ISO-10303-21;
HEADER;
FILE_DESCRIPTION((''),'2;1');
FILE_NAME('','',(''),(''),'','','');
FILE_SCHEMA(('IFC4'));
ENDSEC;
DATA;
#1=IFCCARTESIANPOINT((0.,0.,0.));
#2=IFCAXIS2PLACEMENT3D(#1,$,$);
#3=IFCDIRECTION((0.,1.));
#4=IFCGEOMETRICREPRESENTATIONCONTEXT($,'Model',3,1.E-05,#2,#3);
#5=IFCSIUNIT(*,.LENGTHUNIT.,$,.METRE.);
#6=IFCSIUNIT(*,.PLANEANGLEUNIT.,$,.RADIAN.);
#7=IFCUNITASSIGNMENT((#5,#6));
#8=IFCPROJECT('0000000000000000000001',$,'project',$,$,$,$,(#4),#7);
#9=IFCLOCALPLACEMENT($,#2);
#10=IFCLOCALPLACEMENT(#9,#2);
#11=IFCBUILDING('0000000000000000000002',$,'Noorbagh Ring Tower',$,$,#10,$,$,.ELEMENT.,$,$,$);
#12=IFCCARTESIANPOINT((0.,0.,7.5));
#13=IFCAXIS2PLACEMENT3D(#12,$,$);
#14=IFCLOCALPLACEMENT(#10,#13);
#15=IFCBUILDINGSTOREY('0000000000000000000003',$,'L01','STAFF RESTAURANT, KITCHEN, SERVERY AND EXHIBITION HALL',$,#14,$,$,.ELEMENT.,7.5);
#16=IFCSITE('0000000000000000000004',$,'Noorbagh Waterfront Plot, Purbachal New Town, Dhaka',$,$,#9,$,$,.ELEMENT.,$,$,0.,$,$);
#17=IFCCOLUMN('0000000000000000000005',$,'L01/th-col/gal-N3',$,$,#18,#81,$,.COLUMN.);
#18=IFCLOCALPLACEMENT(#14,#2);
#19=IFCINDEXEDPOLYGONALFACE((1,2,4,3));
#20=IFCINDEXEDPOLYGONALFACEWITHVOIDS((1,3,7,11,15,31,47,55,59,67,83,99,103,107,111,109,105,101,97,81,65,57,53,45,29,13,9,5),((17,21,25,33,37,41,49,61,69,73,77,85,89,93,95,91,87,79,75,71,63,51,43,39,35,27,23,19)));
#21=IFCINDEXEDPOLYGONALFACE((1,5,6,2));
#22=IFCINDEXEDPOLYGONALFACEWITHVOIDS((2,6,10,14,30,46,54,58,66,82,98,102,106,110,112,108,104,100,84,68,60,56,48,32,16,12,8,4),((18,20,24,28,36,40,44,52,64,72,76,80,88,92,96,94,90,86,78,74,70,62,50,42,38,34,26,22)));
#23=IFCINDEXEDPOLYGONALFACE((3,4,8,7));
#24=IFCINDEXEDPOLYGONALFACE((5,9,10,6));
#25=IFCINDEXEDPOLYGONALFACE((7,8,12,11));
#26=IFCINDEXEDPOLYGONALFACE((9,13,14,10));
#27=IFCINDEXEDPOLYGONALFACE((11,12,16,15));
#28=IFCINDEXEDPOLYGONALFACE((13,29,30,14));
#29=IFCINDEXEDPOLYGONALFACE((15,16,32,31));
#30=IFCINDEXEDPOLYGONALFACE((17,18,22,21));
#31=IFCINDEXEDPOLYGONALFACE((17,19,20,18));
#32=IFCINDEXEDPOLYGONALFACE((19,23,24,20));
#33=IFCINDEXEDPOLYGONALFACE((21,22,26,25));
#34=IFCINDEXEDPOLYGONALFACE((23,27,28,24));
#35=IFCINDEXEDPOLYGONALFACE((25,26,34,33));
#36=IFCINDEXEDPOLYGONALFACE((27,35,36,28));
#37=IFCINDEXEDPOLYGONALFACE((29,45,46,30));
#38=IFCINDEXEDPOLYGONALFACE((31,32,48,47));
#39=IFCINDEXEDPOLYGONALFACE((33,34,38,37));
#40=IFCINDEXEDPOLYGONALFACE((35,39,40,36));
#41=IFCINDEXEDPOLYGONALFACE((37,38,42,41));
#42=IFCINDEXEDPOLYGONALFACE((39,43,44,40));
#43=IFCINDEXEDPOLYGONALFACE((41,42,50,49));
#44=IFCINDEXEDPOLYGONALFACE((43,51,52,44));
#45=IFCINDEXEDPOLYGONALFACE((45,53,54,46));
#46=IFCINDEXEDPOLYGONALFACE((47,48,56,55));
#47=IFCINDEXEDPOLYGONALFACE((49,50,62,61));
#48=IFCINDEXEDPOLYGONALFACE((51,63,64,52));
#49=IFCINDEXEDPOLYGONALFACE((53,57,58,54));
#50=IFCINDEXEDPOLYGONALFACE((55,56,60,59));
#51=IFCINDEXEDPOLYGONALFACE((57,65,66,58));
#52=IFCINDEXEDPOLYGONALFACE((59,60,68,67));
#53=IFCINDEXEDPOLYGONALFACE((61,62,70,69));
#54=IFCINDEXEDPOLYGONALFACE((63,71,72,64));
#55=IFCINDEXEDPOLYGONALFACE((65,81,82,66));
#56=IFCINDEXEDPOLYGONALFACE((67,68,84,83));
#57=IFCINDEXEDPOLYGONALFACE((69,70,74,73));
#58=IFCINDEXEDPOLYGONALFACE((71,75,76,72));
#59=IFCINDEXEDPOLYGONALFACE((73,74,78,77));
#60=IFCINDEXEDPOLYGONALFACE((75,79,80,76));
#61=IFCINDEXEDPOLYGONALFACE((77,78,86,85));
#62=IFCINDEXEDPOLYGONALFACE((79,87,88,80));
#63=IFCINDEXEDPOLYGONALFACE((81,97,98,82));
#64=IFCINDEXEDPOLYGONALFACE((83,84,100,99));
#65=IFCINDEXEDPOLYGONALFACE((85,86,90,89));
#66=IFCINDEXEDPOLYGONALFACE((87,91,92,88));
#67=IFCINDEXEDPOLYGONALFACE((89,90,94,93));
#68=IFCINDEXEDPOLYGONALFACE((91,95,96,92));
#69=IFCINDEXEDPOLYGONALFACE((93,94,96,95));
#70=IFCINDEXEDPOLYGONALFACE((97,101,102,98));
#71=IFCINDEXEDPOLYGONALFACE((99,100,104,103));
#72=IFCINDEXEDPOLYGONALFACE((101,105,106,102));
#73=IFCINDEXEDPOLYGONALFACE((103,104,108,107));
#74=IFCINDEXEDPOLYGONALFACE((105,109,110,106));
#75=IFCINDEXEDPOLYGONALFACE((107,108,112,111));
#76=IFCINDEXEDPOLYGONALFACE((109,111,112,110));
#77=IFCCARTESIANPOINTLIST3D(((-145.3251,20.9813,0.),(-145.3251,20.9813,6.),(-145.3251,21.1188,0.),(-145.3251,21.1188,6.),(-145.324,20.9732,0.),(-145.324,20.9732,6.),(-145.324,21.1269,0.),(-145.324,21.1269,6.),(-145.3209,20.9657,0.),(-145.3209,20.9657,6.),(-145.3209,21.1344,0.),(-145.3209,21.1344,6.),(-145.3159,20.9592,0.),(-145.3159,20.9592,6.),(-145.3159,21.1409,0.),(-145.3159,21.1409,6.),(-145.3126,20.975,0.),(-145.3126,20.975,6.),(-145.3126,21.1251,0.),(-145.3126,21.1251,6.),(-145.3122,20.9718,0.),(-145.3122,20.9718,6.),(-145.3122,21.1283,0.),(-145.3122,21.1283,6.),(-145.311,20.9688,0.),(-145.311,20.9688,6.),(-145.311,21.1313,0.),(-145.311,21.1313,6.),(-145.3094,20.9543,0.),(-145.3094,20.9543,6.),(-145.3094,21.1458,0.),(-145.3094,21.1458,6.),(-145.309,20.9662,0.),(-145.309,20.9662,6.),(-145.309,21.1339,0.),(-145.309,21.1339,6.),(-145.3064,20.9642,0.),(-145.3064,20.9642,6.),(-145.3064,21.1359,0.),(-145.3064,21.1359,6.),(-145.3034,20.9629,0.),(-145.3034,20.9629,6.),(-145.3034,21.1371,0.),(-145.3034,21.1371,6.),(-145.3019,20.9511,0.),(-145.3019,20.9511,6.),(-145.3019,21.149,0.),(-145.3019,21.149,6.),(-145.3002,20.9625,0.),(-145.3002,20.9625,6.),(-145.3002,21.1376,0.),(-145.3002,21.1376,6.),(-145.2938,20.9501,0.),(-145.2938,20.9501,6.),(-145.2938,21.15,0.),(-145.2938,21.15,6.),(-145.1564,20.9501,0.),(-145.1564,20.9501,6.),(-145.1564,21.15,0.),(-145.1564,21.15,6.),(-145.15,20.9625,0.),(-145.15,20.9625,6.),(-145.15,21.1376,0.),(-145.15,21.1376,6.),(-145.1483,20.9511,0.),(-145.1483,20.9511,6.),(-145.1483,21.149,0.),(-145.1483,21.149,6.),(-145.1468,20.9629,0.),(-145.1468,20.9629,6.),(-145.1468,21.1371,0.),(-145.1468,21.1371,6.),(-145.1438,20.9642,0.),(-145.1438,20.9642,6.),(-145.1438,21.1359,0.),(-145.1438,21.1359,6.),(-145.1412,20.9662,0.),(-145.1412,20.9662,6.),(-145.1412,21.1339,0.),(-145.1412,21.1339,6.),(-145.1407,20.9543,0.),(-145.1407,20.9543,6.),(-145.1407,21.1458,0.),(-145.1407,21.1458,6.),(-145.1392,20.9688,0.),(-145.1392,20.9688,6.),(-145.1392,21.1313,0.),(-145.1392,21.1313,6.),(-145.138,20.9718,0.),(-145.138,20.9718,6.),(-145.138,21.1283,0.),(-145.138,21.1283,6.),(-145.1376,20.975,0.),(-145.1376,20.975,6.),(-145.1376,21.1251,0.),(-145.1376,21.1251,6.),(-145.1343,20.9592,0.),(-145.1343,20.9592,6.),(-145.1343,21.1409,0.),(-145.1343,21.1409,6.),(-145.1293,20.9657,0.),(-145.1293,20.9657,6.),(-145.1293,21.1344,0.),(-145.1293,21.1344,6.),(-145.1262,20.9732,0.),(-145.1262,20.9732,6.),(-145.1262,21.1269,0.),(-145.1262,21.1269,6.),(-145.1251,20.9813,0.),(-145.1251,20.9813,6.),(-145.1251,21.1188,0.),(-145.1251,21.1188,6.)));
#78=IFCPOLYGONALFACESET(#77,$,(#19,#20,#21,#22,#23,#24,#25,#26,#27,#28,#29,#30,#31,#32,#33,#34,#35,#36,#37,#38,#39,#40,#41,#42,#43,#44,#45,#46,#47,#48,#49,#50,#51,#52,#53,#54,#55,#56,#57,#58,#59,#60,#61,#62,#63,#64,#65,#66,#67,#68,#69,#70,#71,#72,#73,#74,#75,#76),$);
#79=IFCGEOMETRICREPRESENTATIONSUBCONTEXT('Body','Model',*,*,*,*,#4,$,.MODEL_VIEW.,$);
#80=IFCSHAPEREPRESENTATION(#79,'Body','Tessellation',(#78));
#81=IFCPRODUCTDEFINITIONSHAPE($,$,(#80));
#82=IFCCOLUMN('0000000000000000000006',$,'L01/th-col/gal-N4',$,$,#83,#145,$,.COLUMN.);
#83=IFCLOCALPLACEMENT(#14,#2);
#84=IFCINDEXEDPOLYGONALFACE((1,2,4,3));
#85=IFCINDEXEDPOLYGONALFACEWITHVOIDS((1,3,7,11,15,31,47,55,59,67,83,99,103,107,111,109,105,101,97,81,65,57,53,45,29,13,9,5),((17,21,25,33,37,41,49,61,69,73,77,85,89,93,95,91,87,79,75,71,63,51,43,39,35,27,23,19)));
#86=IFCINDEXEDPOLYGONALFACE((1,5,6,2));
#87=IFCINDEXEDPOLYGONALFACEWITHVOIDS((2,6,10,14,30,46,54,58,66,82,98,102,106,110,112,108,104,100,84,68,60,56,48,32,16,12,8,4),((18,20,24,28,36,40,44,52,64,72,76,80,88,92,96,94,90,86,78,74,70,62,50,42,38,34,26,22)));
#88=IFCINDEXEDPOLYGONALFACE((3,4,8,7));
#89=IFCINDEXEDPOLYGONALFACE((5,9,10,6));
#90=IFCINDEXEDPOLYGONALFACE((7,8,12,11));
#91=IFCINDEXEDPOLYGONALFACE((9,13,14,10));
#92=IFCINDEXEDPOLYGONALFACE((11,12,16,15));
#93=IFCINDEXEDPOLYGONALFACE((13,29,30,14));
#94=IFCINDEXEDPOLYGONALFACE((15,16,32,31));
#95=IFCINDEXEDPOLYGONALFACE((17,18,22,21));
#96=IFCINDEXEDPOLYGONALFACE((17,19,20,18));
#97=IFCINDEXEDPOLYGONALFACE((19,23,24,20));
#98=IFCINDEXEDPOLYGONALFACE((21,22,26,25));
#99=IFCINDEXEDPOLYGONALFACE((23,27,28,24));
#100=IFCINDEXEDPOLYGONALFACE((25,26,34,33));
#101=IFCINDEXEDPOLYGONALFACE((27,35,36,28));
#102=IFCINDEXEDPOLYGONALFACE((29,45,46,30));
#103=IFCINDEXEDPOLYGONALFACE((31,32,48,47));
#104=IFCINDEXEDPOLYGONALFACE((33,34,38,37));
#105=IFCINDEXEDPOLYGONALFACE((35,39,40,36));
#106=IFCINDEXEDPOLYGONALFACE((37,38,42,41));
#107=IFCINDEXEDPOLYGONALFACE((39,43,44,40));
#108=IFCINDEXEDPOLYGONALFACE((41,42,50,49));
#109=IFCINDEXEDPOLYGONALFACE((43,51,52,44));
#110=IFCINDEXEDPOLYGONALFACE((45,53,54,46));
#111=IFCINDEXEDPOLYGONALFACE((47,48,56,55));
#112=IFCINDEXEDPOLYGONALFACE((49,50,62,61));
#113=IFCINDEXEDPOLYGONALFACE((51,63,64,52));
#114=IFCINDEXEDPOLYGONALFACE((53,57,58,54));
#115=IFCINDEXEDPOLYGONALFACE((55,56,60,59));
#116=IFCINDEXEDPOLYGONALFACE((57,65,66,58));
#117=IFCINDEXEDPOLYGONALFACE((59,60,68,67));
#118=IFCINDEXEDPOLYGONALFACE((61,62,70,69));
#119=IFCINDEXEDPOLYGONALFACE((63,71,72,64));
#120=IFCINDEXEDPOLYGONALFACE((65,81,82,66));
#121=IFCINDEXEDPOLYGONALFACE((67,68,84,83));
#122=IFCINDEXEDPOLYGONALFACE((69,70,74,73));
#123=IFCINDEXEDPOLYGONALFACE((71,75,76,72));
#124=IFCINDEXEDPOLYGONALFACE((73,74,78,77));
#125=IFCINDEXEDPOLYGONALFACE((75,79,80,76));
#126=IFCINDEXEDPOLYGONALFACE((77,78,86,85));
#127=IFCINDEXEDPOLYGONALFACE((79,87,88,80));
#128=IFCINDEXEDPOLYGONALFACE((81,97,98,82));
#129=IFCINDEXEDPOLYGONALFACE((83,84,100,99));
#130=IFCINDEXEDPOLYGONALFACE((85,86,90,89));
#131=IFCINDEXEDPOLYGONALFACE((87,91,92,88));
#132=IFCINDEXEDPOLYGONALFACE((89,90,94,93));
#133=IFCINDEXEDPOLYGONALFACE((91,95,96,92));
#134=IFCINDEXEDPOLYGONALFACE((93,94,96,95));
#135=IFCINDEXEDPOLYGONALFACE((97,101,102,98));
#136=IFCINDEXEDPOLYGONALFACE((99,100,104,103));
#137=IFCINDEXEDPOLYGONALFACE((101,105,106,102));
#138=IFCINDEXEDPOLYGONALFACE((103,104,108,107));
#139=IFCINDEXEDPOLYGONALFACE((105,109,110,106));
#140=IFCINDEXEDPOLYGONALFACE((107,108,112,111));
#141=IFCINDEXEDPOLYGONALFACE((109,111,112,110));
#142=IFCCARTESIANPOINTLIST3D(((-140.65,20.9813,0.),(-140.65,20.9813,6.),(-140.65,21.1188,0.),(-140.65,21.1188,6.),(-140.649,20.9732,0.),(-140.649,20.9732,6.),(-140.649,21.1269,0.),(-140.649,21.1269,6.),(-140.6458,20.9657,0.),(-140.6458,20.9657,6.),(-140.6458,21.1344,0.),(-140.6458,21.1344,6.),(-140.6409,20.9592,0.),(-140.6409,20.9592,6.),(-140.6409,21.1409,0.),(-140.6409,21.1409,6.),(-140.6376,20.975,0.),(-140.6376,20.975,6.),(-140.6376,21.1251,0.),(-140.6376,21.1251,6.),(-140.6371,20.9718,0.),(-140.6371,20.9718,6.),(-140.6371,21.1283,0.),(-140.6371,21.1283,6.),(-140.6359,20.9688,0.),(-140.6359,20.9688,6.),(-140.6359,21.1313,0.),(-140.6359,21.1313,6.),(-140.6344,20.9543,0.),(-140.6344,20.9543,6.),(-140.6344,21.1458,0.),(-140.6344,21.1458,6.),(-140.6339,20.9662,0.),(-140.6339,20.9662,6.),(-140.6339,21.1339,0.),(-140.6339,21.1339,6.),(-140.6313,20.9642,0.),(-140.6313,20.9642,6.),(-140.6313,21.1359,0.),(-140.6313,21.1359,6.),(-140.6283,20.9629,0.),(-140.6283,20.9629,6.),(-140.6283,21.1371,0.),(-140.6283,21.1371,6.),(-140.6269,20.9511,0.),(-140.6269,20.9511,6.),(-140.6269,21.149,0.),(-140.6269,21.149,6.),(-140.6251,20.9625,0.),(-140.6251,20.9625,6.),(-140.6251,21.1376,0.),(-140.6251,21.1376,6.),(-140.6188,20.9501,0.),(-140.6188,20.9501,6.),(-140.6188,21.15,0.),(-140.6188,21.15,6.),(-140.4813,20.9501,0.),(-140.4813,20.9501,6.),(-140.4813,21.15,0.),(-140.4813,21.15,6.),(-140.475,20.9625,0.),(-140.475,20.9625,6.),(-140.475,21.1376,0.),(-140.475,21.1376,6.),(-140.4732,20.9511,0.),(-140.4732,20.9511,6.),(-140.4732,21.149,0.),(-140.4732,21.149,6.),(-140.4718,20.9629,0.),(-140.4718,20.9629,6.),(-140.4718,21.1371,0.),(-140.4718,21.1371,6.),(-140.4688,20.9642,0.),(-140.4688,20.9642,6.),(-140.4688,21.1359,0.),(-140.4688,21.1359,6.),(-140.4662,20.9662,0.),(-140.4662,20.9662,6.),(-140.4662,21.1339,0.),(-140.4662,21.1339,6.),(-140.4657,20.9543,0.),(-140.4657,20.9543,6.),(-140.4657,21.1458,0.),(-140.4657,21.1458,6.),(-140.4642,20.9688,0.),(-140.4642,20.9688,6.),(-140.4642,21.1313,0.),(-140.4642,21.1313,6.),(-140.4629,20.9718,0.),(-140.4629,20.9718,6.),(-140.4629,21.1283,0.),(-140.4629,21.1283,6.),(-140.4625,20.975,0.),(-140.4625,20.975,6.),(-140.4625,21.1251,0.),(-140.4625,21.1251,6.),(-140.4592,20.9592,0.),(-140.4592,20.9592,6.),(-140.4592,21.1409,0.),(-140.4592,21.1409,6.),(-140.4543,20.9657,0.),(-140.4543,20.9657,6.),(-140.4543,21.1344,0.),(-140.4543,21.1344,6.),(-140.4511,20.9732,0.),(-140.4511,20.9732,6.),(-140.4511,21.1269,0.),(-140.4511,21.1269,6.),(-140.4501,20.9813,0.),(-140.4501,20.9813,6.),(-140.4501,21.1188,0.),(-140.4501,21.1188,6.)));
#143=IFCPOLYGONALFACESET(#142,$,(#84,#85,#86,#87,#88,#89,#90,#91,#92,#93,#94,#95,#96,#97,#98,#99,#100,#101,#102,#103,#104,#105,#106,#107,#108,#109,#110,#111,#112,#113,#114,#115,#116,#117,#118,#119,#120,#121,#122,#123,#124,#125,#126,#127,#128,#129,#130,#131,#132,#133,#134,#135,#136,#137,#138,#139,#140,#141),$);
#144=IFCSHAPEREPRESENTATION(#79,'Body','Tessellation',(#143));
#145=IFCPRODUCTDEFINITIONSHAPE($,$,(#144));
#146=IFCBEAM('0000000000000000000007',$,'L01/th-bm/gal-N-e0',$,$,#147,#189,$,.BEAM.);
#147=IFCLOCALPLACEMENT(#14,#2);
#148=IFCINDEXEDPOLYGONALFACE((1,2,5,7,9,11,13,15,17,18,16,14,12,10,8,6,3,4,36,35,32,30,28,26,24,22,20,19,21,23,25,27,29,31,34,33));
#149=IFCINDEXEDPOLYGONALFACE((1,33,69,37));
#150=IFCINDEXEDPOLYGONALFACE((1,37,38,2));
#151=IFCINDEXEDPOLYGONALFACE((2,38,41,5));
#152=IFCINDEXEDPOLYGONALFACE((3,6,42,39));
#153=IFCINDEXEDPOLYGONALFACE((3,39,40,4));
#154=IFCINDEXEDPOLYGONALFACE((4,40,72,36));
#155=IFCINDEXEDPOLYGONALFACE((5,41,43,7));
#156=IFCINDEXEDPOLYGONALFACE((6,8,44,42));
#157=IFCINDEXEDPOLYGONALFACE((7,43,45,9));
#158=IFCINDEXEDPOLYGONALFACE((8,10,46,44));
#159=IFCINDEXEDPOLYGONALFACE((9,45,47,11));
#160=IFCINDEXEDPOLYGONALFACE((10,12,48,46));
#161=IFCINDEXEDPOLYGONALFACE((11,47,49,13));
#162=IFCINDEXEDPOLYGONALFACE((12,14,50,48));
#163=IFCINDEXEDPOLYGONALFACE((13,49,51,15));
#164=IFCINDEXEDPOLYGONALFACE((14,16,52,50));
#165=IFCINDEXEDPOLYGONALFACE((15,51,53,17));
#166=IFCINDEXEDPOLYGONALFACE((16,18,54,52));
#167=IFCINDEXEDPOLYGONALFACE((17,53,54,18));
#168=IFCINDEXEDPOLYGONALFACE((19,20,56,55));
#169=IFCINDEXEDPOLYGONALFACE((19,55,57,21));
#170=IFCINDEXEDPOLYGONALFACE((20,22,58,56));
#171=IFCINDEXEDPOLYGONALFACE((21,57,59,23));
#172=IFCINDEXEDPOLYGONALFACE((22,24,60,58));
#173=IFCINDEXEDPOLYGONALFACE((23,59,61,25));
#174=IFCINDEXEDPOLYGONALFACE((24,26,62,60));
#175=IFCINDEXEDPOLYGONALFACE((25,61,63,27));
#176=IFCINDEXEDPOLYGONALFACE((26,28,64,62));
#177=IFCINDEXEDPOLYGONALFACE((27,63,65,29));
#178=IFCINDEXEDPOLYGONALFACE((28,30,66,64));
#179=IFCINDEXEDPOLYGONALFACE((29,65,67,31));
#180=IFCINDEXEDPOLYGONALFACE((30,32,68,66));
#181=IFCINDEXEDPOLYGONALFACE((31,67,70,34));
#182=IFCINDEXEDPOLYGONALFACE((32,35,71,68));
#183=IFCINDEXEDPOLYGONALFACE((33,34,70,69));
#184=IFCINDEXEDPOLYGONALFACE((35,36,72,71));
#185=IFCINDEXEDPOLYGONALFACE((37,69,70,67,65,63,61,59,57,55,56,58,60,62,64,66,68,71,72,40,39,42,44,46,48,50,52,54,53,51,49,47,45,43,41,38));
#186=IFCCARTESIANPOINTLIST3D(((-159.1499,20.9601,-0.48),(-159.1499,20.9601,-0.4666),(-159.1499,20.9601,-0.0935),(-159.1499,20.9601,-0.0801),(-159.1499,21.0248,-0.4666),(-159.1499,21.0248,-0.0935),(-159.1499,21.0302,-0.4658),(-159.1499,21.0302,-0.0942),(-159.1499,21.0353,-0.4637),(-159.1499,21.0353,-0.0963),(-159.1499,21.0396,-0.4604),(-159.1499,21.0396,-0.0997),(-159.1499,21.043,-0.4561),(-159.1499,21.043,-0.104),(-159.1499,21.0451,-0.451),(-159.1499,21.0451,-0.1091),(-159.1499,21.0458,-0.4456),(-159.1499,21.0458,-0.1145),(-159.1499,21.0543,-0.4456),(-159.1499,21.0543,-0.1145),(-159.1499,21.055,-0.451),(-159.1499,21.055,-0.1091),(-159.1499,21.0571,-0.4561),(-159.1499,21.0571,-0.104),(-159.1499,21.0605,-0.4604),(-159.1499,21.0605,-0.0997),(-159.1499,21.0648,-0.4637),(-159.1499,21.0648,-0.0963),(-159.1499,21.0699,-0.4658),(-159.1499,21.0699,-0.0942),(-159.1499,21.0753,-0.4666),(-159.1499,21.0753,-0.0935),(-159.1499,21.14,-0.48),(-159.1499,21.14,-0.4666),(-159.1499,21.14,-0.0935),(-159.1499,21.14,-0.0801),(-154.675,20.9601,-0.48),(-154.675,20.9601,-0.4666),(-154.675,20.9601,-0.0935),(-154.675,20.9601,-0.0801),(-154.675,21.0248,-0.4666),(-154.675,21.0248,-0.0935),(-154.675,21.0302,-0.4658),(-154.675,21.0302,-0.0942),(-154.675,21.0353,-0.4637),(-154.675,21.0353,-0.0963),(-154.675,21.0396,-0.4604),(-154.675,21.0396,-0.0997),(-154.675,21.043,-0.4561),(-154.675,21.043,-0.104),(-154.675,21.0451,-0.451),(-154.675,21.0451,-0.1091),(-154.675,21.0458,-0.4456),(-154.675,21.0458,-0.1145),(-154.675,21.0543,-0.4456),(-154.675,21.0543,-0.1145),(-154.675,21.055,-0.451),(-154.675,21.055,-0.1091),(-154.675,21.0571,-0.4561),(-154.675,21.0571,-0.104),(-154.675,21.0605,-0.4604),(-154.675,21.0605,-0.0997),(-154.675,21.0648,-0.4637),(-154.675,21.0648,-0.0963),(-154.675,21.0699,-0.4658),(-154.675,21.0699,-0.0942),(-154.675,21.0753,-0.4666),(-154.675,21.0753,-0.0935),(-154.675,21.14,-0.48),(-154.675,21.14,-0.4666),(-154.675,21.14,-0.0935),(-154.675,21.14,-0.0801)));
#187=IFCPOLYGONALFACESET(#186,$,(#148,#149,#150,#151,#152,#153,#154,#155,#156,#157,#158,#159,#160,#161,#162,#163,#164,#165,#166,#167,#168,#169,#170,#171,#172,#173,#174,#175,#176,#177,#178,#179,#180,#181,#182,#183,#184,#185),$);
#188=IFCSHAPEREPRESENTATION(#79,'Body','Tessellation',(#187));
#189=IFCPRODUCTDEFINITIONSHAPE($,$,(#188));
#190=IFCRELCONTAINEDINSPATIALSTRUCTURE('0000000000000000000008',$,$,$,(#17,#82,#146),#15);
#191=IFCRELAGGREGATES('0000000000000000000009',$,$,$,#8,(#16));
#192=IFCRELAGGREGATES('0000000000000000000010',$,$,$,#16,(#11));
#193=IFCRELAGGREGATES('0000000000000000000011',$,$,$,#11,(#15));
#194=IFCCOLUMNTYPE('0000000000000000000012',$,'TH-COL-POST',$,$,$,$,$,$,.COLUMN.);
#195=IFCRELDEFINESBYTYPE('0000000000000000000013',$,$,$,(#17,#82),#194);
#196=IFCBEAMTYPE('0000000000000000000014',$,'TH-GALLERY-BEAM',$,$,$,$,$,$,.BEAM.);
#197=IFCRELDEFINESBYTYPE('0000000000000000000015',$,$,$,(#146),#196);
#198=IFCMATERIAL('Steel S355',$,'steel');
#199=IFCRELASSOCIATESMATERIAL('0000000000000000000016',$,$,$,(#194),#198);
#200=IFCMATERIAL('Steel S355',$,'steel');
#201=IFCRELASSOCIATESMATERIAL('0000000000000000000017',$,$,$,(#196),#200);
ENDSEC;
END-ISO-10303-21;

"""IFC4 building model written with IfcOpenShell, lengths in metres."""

from ifc_helpers import new_model, si_unit, direction, frame, origin, origin_2d, place, context, subcontext, project, spatial, hollow_rectangle, i_section, extrude, material, material_profile, profile_set, type_object, element, save


model = new_model("IFC4")

# Units and contexts
model_context = context("Model", 3, precision=1e-05, world=origin(), true_north=direction((0.0, 1.0)))
body_context = subcontext(model_context, "Body", "Model", "MODEL_VIEW")
ifc_project = project(units=[si_unit("LENGTHUNIT", "METRE"), si_unit("PLANEANGLEUNIT", "RADIAN")], contexts=[model_context])

# Site, building, storey
site_placement = place(None, origin())
site = spatial("IfcSite", under=ifc_project, at=site_placement, Name="Noorbagh Waterfront Plot, Purbachal New Town, Dhaka", CompositionType="ELEMENT", RefElevation=0.0)
building_placement = place(site_placement, origin())
building = spatial("IfcBuilding", under=site, at=building_placement, Name="Noorbagh Ring Tower", CompositionType="ELEMENT")
storey_placement = place(building_placement, frame((0.0, 0.0, 7.5)))
storey = spatial("IfcBuildingStorey", under=building, at=storey_placement, Name="L01", Description="STAFF RESTAURANT, KITCHEN, SERVERY AND EXHIBITION HALL", CompositionType="ELEMENT", Elevation=7.5)

# Columns
ifc_material_1 = material(Name="Steel S355", Category="steel")
ifc_material_profile_1 = material_profile(ifc_material_1, hollow_rectangle(XDim=0.2, YDim=0.2, WallThickness=0.0125, InnerFilletRadius=0.0125, OuterFilletRadius=0.0312, at=origin_2d()), Name="SHS200x200x12.5")
ifc_profile_set_1 = profile_set([ifc_material_profile_1], Name="Steel S355")
column_type = type_object("IfcColumnType", Name="TH-COL-POST", PredefinedType="COLUMN", material=ifc_profile_set_1)
for number, where, z_axis, x_axis, name in (
    (1, (-145.2251, 21.05, 0.0), (0.0, 0.0, 1.0), (1.0, 0.0, 0.0), "L01/th-col/gal-N3"),
    (2, (-140.55, 21.05, 0.0), (0.0, 0.0, 1.0), (1.0, 0.0, 0.0), "L01/th-col/gal-N4"),
):
    element("IfcColumn", number, at=place(storey_placement, frame(where, z_axis=z_axis, x_axis=x_axis)), inside=storey, type_object=column_type, Name=name, PredefinedType="COLUMN", context=body_context, shape_type="SweptSolid", body=[
        extrude(hollow_rectangle(XDim=0.2, YDim=0.2, WallThickness=0.0125, InnerFilletRadius=0.0125, OuterFilletRadius=0.0312, at=origin_2d()), origin(), (0.0, 0.0, 1.0), 6.0),
    ])

# Beam
ifc_material_2 = material(Name="Steel S355", Category="steel")
ifc_material_profile_2 = material_profile(ifc_material_2, i_section(OverallWidth=0.1799, OverallDepth=0.3999, WebThickness=0.0085, FlangeThickness=0.0134, FilletRadius=0.021, at=origin_2d()), Name="IPE400")
ifc_profile_set_2 = profile_set([ifc_material_profile_2], Name="Steel S355")
beam_type_1 = type_object("IfcBeamType", Name="TH-GALLERY-BEAM", PredefinedType="BEAM", material=ifc_profile_set_2)
beam_1_placement = place(storey_placement, frame((-159.1499, 21.05, -0.28), z_axis=(1.0, 0.0, 0.0), x_axis=(0.0, 1.0, 0.0)))
element("IfcBeam", 3, at=beam_1_placement, inside=storey, type_object=beam_type_1, Name="L01/th-bm/gal-N-e0", PredefinedType="BEAM", context=body_context, shape_type="SweptSolid", body=[
    extrude(i_section(OverallWidth=0.1799, OverallDepth=0.3999, WebThickness=0.0085, FlangeThickness=0.0134, FilletRadius=0.021, at=origin_2d()), origin(), (0.0, 0.0, 1.0), 4.4749),
])

save(model, "model.ifc")
